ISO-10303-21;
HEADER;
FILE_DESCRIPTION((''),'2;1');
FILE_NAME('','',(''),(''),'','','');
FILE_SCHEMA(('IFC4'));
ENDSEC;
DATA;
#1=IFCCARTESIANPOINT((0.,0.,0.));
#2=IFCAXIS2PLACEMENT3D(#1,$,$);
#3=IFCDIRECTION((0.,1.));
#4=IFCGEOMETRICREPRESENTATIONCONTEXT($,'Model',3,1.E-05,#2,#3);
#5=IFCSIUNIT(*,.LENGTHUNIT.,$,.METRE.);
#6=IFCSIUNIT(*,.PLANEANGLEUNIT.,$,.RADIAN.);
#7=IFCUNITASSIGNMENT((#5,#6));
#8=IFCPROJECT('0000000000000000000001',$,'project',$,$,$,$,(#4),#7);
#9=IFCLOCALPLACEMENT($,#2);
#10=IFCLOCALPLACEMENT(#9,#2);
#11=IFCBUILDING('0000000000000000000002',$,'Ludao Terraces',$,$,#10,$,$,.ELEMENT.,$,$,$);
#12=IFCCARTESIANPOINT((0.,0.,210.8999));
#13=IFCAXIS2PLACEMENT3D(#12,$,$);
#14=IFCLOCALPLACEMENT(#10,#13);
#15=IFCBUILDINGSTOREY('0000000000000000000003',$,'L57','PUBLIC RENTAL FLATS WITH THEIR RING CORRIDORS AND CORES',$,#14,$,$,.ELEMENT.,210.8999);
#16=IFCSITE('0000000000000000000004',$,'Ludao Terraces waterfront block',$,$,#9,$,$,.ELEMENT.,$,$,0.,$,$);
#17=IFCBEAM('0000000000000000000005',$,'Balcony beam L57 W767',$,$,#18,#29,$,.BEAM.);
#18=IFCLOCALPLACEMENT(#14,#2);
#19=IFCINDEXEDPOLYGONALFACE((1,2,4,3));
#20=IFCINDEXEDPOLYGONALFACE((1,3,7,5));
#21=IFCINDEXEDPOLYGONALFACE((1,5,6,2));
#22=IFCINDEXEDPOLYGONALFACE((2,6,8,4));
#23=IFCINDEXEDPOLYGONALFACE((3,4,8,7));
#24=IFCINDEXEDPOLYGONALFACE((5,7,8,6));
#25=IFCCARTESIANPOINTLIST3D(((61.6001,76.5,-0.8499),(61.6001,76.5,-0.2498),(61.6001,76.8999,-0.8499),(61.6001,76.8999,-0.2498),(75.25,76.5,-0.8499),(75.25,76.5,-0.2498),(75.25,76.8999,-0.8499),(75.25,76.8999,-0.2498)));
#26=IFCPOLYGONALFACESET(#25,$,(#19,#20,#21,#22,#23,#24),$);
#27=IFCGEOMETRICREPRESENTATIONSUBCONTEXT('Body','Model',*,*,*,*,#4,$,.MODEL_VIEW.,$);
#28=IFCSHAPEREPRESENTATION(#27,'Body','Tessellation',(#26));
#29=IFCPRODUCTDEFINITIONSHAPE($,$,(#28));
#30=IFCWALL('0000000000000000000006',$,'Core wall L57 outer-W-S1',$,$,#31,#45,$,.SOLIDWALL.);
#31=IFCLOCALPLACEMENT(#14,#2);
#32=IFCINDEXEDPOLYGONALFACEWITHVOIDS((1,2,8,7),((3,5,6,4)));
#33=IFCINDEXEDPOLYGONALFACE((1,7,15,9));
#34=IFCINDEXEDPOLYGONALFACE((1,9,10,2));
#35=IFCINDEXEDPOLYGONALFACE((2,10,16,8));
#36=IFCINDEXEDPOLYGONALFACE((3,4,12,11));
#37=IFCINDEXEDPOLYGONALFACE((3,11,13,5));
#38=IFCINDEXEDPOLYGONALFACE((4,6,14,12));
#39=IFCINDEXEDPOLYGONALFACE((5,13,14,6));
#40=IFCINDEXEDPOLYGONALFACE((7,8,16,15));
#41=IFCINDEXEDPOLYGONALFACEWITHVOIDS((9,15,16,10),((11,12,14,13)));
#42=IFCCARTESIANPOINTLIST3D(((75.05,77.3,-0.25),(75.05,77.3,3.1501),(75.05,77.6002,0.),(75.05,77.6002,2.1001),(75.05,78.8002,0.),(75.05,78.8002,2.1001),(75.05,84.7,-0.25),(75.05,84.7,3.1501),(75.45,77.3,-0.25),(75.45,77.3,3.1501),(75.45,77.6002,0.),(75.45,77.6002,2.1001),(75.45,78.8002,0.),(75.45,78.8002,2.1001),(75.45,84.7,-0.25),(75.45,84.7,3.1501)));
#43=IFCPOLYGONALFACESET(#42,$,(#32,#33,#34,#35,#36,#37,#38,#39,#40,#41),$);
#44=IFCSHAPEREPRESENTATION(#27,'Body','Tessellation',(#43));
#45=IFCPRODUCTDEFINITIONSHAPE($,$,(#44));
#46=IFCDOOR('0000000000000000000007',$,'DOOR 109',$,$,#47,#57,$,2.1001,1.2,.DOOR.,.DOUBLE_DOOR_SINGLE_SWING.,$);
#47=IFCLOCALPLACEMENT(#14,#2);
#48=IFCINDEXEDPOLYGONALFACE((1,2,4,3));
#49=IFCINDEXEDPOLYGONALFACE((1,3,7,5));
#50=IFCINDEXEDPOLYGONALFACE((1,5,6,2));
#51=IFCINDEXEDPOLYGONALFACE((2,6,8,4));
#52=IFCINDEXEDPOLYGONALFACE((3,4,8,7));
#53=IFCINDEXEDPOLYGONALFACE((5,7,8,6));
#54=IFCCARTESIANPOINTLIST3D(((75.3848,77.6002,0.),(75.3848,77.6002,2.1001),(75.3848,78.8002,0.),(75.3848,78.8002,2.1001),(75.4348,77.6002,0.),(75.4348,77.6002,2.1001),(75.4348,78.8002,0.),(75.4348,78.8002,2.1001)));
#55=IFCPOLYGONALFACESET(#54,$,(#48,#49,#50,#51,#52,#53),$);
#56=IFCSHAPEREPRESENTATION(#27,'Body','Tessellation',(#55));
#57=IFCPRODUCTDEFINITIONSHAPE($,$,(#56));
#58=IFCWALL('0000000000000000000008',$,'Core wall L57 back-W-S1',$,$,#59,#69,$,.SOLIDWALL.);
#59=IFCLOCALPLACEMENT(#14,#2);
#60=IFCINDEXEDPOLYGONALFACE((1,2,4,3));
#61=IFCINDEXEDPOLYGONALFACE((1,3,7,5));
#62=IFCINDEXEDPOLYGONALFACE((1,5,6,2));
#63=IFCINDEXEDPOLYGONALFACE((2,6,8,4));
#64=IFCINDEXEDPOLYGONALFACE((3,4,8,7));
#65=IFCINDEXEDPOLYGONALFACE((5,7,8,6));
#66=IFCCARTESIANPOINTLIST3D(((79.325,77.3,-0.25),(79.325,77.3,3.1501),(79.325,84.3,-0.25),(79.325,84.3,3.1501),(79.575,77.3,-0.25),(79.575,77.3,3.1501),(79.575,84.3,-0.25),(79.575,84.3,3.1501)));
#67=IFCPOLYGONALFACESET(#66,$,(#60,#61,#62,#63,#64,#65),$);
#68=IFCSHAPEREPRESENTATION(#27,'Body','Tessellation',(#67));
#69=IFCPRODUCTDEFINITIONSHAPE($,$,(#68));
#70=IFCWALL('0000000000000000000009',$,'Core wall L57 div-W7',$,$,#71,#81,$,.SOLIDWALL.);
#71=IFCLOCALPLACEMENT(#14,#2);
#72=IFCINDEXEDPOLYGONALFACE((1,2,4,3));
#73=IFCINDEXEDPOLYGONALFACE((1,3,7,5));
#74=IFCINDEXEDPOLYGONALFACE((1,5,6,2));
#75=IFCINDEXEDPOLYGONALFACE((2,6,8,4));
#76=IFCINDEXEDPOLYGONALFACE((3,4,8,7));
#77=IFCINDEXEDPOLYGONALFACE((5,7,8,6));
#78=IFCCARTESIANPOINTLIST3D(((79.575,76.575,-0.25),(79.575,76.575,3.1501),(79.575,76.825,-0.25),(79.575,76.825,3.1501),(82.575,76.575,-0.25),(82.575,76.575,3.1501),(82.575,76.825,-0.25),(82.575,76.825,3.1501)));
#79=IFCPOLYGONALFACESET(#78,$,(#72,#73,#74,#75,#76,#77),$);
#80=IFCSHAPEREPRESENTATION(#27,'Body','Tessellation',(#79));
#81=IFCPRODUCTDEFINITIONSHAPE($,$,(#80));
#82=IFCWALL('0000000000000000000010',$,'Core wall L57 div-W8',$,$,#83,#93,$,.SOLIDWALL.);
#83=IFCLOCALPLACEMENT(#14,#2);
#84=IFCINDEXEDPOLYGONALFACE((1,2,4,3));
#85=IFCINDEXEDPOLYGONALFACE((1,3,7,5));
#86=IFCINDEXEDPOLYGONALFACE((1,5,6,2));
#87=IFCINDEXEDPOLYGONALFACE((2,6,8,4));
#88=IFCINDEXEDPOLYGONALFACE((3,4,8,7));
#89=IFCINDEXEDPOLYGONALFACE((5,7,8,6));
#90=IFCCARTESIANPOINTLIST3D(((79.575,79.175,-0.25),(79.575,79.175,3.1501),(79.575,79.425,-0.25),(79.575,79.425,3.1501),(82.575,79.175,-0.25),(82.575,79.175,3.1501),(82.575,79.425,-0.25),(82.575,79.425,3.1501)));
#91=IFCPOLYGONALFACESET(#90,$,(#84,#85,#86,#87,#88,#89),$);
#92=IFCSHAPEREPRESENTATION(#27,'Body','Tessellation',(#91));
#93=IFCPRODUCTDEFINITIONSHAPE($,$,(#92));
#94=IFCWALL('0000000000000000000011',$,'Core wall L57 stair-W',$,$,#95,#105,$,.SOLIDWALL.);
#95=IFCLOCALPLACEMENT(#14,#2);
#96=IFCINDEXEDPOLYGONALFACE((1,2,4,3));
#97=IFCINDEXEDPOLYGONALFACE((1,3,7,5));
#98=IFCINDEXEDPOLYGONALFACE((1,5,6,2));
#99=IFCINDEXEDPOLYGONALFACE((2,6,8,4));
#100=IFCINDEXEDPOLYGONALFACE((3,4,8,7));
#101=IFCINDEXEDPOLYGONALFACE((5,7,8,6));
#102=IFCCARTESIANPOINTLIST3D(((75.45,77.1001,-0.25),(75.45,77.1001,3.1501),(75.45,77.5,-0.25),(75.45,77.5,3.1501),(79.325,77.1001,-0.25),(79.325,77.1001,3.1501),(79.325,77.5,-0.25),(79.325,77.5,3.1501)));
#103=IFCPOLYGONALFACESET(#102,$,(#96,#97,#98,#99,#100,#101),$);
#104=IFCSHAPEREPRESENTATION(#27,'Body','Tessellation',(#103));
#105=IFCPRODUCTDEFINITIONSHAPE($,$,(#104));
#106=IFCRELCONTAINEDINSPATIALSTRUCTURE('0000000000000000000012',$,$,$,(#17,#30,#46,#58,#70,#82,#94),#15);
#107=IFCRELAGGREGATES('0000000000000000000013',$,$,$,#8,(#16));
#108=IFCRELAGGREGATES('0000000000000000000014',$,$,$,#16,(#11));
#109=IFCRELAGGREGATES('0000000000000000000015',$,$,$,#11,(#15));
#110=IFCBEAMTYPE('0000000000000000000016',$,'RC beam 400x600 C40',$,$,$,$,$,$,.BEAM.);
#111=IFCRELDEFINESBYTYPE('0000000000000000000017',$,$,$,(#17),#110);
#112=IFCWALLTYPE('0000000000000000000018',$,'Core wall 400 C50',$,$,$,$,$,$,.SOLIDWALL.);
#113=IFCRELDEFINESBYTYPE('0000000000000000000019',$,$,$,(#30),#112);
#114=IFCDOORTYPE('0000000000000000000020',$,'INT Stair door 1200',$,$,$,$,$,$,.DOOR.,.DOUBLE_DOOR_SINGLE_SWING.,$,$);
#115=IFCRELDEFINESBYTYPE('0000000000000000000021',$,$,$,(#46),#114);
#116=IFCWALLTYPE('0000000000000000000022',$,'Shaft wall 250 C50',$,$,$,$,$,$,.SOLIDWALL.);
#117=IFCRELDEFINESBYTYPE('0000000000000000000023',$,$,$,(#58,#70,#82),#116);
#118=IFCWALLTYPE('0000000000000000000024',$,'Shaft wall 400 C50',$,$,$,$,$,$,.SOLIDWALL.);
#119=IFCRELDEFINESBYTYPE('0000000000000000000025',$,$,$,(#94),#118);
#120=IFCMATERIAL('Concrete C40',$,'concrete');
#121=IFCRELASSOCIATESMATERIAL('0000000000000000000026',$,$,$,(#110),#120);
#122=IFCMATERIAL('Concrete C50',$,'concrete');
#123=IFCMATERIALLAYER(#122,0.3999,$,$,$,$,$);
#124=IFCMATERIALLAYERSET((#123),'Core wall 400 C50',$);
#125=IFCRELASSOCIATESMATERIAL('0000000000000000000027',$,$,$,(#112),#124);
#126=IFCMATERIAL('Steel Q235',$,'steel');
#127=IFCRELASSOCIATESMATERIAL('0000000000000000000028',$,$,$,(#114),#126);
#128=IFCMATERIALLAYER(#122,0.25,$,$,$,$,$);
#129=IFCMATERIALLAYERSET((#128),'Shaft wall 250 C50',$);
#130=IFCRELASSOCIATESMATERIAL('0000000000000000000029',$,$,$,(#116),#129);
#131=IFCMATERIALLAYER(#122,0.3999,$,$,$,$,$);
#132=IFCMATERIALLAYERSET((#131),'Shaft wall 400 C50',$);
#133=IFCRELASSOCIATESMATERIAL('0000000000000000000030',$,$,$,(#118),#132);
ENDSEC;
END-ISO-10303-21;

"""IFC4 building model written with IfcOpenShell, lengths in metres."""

from ifc_helpers import new_model, si_unit, direction, frame, frame_2d, origin, origin_2d, place, context, subcontext, project, spatial, rectangle, extrude, material, layer, layer_set, material_profile, profile_set, type_object, element, fill, save


model = new_model("IFC4")

# Units and contexts
model_context = context("Model", 3, precision=1e-05, world=origin(), true_north=direction((0.0, 1.0)))
body_context = subcontext(model_context, "Body", "Model", "MODEL_VIEW")
ifc_project = project(units=[si_unit("LENGTHUNIT", "METRE"), si_unit("PLANEANGLEUNIT", "RADIAN")], contexts=[model_context])

# Site, building, storey
site_placement = place(None, origin())
site = spatial("IfcSite", under=ifc_project, at=site_placement, Name="Ludao Terraces waterfront block", CompositionType="ELEMENT", RefElevation=0.0)
building_placement = place(site_placement, origin())
building = spatial("IfcBuilding", under=site, at=building_placement, Name="Ludao Terraces", CompositionType="ELEMENT")
storey_placement = place(building_placement, frame((0.0, 0.0, 210.8999)))
storey = spatial("IfcBuildingStorey", under=building, at=storey_placement, Name="L57", Description="PUBLIC RENTAL FLATS WITH THEIR RING CORRIDORS AND CORES", CompositionType="ELEMENT", Elevation=210.8999)

# Beam
ifc_material_1 = material(Name="Concrete C40", Category="concrete")
ifc_material_profile = material_profile(ifc_material_1, rectangle(XDim=0.3999, YDim=0.6001, at=origin_2d()), Name="400 X 600")
ifc_profile_set = profile_set([ifc_material_profile], Name="Concrete C40")
beam_type = type_object("IfcBeamType", Name="RC beam 400x600 C40", PredefinedType="BEAM", material=ifc_profile_set)
beam_placement = place(storey_placement, frame((75.25, 76.7, -0.5498), z_axis=(-1.0, 0.0, 0.0), x_axis=(0.0, -1.0, 0.0)))
element("IfcBeam", 1, at=beam_placement, inside=storey, type_object=beam_type, Name="Balcony beam L57 W767", PredefinedType="BEAM", context=body_context, shape_type="SweptSolid", body=[
    extrude(rectangle(XDim=0.3999, YDim=0.6001, at=origin_2d()), origin(), (0.0, 0.0, 1.0), 13.6499),
])

# Wall, opening, door
ifc_material_2 = material(Name="Concrete C50", Category="concrete")
ifc_layer_1 = layer(ifc_material_2, 0.3999)
ifc_layer_set_1 = layer_set([ifc_layer_1], Name="Core wall 400 C50")
wall_type_1 = type_object("IfcWallType", Name="Core wall 400 C50", PredefinedType="SOLIDWALL", material=ifc_layer_set_1)
wall_1_placement = place(storey_placement, frame((75.25, 77.3, -0.25), z_axis=(0.0, 0.0, 1.0), x_axis=(0.0, 1.0, 0.0)))
wall_1 = element("IfcWall", 2, at=wall_1_placement, inside=storey, type_object=wall_type_1, Name="Core wall L57 outer-W-S1", PredefinedType="SOLIDWALL", context=body_context, shape_type="SweptSolid", body=[
    extrude(rectangle(XDim=7.3999, YDim=0.3999, at=frame_2d((3.7, 0.0))), origin(), (0.0, 0.0, 1.0), 3.4001),
])
opening_placement = place(wall_1_placement, frame((0.3, 0.0, 0.25)))
opening = element("IfcOpeningElement", 3, at=opening_placement, cuts=wall_1, PredefinedType="OPENING", context=body_context, shape_type="SweptSolid", body=[
    extrude(rectangle(XDim=1.2, YDim=2.1001, at=frame_2d((0.6001, 1.05))), frame((0.0, 0.21, 0.0), z_axis=(0.0, -1.0, 0.0), x_axis=(1.0, 0.0, 0.0)), (0.0, 0.0, 1.0), 0.4199),
])
ifc_material_3 = material(Name="Steel Q235", Category="steel")
door_type = type_object("IfcDoorType", Name="INT Stair door 1200", OperationType="DOUBLE_DOOR_SINGLE_SWING", PredefinedType="DOOR", material=ifc_material_3)
door_placement = place(opening_placement, origin())
door = element("IfcDoor", 4, at=door_placement, inside=storey, type_object=door_type, Name="DOOR 109", OperationType="DOUBLE_DOOR_SINGLE_SWING", OverallHeight=2.1001, OverallWidth=1.2, PredefinedType="DOOR", context=body_context, shape_type="SweptSolid", body=[
    extrude(rectangle(XDim=1.2, YDim=2.1001, at=frame_2d((0.6001, 1.05))), frame((0.0, -0.1348, 0.0), z_axis=(0.0, -1.0, 0.0), x_axis=(1.0, 0.0, 0.0)), (0.0, 0.0, 1.0), 0.05),
])
fill(opening, door)

# Walls
ifc_layer_2 = layer(ifc_material_2, 0.25)
ifc_layer_set_2 = layer_set([ifc_layer_2], Name="Shaft wall 250 C50")
wall_type_2 = type_object("IfcWallType", Name="Shaft wall 250 C50", PredefinedType="SOLIDWALL", material=ifc_layer_set_2)
wall_2_placement = place(storey_placement, frame((79.45, 77.3, -0.25), z_axis=(0.0, 0.0, 1.0), x_axis=(0.0, 1.0, 0.0)))
element("IfcWall", 5, at=wall_2_placement, inside=storey, type_object=wall_type_2, Name="Core wall L57 back-W-S1", PredefinedType="SOLIDWALL", context=body_context, shape_type="SweptSolid", body=[
    extrude(rectangle(XDim=7.0, YDim=0.25, at=frame_2d((3.5, 0.0))), origin(), (0.0, 0.0, 1.0), 3.4001),
])
for number, where, z_axis, x_axis, name in (
    (6, (79.575, 76.7, -0.25), (0.0, 0.0, 1.0), (1.0, 0.0, 0.0), "Core wall L57 div-W7"),
    (7, (79.575, 79.3, -0.25), (0.0, 0.0, 1.0), (1.0, 0.0, 0.0), "Core wall L57 div-W8"),
):
    element("IfcWall", number, at=place(storey_placement, frame(where, z_axis=z_axis, x_axis=x_axis)), inside=storey, type_object=wall_type_2, Name=name, PredefinedType="SOLIDWALL", context=body_context, shape_type="SweptSolid", body=[
        extrude(rectangle(XDim=3.0, YDim=0.25, at=frame_2d((1.5, 0.0))), origin(), (0.0, 0.0, 1.0), 3.4001),
    ])
ifc_layer_3 = layer(ifc_material_2, 0.3999)
ifc_layer_set_3 = layer_set([ifc_layer_3], Name="Shaft wall 400 C50")
wall_type_3 = type_object("IfcWallType", Name="Shaft wall 400 C50", PredefinedType="SOLIDWALL", material=ifc_layer_set_3)
wall_3_placement = place(storey_placement, frame((75.45, 77.3, -0.25), z_axis=(0.0, 0.0, 1.0), x_axis=(1.0, 0.0, 0.0)))
element("IfcWall", 8, at=wall_3_placement, inside=storey, type_object=wall_type_3, Name="Core wall L57 stair-W", PredefinedType="SOLIDWALL", context=body_context, shape_type="SweptSolid", body=[
    extrude(rectangle(XDim=3.875, YDim=0.3999, at=frame_2d((1.9375, 0.0))), origin(), (0.0, 0.0, 1.0), 3.4001),
])

save(model, "model.ifc")
